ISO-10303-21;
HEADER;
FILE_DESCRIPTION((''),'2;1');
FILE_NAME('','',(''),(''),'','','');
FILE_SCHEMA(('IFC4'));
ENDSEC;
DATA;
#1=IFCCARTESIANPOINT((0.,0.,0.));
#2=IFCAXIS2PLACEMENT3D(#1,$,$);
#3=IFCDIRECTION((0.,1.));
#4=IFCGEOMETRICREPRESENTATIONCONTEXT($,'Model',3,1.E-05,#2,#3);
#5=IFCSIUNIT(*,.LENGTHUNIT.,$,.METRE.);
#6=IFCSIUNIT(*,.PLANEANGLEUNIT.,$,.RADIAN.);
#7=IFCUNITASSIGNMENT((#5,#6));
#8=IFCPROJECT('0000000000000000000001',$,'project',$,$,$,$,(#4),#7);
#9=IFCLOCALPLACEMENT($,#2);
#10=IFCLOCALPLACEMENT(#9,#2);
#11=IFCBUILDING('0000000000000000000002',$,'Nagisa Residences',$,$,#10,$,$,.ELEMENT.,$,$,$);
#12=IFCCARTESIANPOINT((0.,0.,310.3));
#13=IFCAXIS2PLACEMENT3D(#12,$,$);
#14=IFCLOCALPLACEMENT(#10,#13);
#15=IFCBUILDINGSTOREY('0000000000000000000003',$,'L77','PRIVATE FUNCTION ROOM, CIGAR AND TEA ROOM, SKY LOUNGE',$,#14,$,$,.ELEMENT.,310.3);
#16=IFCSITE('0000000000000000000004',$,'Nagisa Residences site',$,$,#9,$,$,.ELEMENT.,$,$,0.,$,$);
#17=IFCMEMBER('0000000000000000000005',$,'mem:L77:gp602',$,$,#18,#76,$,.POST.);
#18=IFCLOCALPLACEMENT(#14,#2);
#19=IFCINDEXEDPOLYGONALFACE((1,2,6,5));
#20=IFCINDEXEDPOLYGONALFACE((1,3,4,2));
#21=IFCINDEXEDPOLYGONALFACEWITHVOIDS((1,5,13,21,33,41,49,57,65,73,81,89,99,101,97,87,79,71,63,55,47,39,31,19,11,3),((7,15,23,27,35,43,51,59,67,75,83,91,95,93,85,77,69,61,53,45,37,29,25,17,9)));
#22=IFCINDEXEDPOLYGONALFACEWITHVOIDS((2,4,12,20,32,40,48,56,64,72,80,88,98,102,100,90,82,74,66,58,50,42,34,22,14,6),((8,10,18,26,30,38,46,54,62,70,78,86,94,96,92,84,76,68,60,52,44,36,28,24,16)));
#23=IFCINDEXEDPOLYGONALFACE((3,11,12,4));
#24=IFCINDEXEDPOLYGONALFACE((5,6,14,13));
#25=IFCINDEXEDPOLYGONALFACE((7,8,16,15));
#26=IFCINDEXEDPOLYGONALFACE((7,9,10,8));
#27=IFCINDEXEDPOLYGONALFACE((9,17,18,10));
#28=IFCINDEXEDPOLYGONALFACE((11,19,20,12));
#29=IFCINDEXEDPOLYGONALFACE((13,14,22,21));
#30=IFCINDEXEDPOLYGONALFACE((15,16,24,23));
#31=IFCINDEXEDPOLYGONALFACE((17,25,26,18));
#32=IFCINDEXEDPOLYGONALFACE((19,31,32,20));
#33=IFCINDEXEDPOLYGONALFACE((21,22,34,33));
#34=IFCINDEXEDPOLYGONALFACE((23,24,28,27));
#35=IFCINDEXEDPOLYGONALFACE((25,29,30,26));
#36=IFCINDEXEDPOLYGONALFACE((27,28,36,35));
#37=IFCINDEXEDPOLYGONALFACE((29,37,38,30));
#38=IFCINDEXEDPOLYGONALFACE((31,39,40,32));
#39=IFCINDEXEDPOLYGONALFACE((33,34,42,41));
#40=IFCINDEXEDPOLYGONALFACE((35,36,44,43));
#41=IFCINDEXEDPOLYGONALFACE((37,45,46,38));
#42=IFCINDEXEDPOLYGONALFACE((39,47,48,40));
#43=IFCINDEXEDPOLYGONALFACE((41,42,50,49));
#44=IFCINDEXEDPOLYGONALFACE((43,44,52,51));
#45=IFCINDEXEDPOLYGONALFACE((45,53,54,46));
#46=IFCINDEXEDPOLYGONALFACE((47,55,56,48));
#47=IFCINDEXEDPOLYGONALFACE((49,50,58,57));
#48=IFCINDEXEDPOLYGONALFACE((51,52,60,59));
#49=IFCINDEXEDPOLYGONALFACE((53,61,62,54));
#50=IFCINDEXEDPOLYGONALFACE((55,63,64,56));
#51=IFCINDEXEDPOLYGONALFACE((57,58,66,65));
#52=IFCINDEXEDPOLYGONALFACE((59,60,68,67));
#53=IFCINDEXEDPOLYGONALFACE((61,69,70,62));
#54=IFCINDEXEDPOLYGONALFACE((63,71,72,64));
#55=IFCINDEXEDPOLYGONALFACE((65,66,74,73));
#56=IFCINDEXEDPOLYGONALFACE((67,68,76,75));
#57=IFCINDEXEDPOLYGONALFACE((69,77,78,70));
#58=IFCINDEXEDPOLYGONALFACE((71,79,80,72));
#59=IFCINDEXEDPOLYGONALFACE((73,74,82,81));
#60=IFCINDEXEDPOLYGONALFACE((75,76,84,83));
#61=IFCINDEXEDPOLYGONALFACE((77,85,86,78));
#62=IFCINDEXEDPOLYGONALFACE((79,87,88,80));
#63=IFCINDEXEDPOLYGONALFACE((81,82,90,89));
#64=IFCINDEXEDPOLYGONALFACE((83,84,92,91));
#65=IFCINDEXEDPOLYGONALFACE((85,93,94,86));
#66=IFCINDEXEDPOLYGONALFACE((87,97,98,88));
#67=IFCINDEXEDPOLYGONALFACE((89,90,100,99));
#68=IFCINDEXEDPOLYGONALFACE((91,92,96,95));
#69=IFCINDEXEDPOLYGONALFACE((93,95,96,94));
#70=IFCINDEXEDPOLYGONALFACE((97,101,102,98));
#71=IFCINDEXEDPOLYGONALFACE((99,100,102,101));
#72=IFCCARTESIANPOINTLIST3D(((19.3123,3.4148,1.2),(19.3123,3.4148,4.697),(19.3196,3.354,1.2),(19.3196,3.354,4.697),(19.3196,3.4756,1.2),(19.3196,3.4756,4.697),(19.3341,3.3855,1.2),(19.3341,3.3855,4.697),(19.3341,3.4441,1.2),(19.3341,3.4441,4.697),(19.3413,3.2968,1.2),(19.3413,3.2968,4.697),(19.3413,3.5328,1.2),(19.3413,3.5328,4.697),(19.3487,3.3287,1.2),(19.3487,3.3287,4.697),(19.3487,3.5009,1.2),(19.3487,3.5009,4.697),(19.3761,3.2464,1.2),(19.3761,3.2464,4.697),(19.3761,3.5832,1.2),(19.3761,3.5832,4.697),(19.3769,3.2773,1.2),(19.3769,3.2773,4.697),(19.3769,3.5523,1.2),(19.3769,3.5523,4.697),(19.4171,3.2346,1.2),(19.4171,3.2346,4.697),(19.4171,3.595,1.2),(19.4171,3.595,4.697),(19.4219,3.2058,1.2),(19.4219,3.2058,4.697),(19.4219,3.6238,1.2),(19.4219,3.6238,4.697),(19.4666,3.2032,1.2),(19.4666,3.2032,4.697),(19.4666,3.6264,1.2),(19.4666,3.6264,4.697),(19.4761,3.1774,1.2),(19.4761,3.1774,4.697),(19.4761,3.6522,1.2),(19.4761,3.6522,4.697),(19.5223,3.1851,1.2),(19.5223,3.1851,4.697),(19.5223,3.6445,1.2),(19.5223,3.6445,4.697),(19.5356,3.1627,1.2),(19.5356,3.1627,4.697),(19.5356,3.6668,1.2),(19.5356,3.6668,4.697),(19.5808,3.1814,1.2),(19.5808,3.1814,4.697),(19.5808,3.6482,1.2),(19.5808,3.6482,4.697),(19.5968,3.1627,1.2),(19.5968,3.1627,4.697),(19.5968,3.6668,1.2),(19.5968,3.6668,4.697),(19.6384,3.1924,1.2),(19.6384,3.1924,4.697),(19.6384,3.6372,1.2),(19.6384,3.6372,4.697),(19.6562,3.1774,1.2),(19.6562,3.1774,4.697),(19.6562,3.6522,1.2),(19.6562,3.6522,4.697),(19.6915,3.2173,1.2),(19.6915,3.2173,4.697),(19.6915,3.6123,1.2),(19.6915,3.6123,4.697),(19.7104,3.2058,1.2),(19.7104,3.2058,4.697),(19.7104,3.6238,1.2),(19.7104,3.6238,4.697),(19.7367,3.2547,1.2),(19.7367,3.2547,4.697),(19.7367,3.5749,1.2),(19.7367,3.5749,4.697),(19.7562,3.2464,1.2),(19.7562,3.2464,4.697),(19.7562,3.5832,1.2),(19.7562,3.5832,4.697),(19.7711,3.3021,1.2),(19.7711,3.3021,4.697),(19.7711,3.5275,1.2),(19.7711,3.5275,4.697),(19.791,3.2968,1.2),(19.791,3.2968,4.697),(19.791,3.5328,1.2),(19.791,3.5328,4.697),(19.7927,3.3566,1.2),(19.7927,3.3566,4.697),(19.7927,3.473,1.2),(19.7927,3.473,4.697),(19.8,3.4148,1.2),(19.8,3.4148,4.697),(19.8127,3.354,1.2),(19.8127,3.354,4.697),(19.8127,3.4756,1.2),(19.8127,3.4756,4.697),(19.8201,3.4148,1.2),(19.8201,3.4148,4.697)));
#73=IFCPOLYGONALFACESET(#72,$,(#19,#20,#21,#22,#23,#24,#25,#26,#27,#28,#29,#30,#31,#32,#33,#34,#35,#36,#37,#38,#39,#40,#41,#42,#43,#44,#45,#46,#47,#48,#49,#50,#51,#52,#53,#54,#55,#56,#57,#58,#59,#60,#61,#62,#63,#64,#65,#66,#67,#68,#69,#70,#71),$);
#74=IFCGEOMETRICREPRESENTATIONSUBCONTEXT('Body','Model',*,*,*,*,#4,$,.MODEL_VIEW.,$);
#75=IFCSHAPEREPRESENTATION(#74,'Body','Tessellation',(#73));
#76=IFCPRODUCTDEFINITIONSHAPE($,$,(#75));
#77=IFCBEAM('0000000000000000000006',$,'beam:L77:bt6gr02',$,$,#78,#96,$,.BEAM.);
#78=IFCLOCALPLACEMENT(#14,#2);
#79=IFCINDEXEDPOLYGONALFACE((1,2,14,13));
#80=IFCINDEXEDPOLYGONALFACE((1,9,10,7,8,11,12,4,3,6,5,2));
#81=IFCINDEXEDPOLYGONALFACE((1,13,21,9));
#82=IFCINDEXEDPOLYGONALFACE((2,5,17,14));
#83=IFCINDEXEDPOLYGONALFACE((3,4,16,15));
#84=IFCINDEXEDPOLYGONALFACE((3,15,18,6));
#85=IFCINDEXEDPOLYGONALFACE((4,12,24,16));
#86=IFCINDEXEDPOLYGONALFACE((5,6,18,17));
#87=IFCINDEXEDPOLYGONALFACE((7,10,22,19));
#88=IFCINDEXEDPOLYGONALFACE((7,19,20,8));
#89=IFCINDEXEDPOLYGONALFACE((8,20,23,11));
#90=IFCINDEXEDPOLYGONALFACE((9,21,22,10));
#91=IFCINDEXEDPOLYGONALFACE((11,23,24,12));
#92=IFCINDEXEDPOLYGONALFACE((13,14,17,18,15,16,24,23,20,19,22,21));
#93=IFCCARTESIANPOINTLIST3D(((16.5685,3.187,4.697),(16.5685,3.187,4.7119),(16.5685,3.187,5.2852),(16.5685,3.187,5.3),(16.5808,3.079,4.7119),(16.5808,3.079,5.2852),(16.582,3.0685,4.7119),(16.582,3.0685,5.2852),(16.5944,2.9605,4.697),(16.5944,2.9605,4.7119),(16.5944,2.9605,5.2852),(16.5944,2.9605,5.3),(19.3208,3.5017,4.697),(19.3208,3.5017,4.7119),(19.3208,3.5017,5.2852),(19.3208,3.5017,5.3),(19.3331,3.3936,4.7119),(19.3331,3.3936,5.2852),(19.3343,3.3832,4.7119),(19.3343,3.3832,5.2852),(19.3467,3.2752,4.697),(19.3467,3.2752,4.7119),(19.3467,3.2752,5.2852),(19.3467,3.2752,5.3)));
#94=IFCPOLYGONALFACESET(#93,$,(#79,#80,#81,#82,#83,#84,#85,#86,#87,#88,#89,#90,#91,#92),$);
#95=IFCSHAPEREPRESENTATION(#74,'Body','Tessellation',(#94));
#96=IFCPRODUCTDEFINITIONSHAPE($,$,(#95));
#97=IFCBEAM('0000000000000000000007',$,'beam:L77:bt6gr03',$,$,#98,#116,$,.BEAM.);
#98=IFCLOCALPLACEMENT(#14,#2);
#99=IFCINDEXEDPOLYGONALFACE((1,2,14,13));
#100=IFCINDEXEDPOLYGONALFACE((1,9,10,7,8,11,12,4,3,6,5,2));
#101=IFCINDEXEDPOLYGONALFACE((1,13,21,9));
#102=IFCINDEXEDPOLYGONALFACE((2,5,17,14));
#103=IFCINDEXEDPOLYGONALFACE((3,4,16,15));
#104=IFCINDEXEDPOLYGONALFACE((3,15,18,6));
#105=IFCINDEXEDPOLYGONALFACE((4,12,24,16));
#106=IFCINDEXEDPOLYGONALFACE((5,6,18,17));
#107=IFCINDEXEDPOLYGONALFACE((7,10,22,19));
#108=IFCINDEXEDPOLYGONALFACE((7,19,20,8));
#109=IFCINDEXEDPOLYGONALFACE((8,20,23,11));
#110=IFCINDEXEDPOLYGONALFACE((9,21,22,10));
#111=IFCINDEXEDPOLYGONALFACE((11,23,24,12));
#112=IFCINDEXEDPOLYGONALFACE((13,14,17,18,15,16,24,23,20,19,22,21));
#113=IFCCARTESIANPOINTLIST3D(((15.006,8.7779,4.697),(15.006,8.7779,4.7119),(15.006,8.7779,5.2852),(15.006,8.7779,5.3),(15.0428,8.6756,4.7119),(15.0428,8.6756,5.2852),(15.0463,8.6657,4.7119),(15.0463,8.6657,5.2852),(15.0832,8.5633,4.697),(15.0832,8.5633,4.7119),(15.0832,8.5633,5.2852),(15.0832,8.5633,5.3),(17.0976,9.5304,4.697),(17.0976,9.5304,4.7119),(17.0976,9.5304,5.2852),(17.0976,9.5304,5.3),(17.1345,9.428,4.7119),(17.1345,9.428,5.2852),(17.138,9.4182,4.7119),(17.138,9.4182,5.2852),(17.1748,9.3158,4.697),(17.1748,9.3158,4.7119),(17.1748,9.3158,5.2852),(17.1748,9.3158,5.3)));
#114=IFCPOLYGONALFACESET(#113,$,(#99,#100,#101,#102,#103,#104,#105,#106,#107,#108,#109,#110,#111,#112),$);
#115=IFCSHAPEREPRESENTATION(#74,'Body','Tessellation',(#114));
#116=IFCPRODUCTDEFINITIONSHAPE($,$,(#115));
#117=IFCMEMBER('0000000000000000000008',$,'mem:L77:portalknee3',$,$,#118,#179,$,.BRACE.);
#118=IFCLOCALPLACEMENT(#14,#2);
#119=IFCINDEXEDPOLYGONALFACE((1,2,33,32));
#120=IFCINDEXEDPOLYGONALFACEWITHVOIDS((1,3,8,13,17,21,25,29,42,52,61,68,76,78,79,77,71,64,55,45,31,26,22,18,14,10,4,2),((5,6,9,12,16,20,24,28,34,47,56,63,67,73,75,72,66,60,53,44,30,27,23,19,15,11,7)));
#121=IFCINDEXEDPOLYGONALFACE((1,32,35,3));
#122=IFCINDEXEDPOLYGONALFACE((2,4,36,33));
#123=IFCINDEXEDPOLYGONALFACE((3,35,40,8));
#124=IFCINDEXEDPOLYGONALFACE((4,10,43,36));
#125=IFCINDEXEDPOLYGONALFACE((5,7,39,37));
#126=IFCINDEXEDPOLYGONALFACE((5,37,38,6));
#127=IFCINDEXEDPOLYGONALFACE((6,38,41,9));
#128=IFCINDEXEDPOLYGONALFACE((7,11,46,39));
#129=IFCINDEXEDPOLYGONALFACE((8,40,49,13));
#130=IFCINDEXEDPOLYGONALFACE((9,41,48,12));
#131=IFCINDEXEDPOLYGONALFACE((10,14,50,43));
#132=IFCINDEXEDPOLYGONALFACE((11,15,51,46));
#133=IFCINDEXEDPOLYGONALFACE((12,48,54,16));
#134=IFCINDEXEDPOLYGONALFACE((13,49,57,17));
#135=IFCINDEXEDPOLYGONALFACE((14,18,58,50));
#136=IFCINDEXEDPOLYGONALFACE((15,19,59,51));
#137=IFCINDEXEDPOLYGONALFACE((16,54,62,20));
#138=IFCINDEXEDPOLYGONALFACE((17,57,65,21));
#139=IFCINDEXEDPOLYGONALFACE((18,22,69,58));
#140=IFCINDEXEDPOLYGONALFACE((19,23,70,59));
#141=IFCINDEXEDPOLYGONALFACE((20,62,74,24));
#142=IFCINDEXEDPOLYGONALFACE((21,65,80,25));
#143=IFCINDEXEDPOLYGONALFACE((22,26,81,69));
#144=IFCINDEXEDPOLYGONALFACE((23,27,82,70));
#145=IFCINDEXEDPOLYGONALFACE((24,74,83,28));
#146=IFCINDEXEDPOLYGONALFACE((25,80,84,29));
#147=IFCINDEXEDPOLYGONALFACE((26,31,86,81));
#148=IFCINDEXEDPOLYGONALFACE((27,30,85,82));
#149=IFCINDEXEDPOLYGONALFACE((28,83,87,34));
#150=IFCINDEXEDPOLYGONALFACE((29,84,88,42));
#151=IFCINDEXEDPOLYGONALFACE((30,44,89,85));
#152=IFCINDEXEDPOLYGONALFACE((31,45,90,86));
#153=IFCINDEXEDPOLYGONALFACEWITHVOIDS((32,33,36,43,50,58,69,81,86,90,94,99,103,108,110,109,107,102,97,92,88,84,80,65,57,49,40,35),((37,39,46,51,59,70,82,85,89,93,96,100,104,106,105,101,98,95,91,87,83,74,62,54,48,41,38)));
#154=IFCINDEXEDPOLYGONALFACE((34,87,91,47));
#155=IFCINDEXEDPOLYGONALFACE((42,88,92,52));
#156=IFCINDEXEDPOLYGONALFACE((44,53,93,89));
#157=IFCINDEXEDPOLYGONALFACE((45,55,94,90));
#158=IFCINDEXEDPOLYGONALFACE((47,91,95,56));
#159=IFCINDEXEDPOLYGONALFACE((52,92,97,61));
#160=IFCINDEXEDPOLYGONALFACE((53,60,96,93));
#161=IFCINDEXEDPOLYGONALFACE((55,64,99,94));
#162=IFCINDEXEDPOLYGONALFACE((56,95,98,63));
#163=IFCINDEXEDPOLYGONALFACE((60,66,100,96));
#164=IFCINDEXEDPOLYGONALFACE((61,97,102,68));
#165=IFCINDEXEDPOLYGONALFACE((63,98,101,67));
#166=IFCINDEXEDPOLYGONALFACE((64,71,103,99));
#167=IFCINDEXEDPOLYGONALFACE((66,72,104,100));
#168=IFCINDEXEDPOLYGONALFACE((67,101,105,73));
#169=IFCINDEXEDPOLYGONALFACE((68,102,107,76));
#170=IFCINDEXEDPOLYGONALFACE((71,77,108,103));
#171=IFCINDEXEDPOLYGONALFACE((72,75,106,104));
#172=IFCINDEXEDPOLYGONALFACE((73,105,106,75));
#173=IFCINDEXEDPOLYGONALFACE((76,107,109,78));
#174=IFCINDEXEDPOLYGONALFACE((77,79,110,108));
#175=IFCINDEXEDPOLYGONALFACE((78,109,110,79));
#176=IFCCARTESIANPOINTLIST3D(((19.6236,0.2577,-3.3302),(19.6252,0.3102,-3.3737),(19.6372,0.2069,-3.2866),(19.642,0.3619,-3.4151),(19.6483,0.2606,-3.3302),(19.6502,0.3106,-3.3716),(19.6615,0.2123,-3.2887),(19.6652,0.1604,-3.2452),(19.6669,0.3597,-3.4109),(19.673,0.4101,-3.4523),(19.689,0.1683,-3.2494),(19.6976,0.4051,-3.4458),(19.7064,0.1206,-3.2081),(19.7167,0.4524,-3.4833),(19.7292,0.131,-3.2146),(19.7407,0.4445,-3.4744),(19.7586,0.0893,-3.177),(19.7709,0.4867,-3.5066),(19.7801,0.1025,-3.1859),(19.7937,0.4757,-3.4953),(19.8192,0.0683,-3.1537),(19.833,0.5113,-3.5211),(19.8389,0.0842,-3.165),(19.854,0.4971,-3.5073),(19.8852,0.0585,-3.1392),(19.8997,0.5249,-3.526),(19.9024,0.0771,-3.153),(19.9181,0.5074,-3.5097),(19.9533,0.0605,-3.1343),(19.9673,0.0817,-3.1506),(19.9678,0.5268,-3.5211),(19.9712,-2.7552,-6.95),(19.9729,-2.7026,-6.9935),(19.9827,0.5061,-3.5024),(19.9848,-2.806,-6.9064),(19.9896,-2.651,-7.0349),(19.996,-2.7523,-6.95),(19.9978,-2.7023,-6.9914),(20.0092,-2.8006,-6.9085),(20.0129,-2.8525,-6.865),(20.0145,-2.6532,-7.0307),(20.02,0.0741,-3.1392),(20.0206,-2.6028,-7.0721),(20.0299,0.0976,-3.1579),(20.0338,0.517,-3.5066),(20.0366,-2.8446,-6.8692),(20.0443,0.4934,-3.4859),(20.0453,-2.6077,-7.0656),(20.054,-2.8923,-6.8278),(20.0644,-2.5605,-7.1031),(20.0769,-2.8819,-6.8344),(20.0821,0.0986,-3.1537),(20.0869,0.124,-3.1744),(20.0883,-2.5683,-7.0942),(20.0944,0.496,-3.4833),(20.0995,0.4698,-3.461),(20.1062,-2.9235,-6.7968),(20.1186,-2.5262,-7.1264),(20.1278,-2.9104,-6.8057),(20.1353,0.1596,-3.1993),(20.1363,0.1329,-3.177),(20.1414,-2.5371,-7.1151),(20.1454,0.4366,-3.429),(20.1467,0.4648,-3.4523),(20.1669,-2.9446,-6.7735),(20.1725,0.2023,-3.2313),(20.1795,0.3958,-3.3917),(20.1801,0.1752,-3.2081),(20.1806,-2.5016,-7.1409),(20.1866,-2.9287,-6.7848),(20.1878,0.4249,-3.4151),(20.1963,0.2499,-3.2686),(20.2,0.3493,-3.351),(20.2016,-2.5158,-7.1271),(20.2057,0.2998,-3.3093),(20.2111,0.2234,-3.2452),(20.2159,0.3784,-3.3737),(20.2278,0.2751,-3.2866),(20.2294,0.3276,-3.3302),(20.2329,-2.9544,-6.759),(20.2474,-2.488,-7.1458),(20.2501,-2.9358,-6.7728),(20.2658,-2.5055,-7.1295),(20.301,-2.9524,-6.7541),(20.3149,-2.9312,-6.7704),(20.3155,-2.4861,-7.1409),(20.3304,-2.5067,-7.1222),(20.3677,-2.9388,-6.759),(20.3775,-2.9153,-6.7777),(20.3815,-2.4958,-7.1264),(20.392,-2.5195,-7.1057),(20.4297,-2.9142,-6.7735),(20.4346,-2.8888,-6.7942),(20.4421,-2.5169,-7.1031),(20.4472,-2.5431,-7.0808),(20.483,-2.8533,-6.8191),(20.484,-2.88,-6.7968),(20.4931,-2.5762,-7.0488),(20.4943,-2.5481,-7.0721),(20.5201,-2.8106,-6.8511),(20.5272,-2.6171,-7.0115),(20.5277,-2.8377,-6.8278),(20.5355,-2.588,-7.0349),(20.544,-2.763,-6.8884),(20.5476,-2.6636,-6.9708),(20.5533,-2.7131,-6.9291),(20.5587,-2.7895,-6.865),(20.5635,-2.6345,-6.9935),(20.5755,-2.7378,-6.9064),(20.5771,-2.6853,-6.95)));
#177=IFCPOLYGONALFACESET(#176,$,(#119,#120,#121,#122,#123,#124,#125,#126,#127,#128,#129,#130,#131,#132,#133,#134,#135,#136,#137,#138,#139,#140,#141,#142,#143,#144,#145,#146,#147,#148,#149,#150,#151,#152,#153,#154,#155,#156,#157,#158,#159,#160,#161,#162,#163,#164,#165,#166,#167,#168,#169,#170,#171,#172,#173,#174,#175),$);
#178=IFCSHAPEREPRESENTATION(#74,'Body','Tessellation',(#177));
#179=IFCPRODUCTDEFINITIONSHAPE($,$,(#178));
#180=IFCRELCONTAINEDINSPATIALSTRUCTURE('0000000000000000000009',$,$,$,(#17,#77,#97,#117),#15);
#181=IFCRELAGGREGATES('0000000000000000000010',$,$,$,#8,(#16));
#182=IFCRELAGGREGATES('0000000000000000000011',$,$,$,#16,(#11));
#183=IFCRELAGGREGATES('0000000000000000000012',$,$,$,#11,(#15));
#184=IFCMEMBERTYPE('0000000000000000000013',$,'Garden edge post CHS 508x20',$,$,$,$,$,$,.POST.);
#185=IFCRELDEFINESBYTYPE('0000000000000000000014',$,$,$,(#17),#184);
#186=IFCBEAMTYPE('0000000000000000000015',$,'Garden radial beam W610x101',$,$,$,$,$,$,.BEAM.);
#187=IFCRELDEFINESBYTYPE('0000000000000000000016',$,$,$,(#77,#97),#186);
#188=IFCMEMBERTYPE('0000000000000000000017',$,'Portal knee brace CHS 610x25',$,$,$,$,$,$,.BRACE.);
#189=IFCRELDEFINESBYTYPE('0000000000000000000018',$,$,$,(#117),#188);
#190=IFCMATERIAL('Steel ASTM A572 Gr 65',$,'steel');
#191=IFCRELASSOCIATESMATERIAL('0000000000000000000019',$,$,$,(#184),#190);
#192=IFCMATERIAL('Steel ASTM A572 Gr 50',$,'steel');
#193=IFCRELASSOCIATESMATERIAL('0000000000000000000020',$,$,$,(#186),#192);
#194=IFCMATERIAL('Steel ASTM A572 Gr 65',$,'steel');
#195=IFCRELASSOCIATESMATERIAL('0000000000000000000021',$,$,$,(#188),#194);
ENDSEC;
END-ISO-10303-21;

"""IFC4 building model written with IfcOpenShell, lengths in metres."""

from ifc_helpers import new_model, si_unit, direction, frame, origin, origin_2d, place, context, subcontext, project, spatial, hollow_circle, i_section, extrude, material, material_profile, profile_set, type_object, element, save


model = new_model("IFC4")

# Units and contexts
model_context = context("Model", 3, precision=1e-05, world=origin(), true_north=direction((0.0, 1.0)))
body_context = subcontext(model_context, "Body", "Model", "MODEL_VIEW")
ifc_project = project(units=[si_unit("LENGTHUNIT", "METRE"), si_unit("PLANEANGLEUNIT", "RADIAN")], contexts=[model_context])

# Site, building, storey
site_placement = place(None, origin())
site = spatial("IfcSite", under=ifc_project, at=site_placement, Name="Nagisa Residences site", CompositionType="ELEMENT", RefElevation=0.0)
building_placement = place(site_placement, origin())
building = spatial("IfcBuilding", under=site, at=building_placement, Name="Nagisa Residences", CompositionType="ELEMENT")
storey_placement = place(building_placement, frame((0.0, 0.0, 310.3)))
storey = spatial("IfcBuildingStorey", under=building, at=storey_placement, Name="L77", Description="PRIVATE FUNCTION ROOM, CIGAR AND TEA ROOM, SKY LOUNGE", CompositionType="ELEMENT", Elevation=310.3)

# Member
ifc_material_1 = material(Name="Steel ASTM A572 Gr 65", Category="steel")
ifc_material_profile_1 = material_profile(ifc_material_1, hollow_circle(Radius=0.2539, WallThickness=0.02, at=origin_2d()), Name="CHS 508x20")
ifc_profile_set_1 = profile_set([ifc_material_profile_1], Name="Steel ASTM A572 Gr 65")
member_type_1 = type_object("IfcMemberType", Name="Garden edge post CHS 508x20", PredefinedType="POST", material=ifc_profile_set_1)
member_1_placement = place(storey_placement, frame((19.5662, 3.4148, 1.2), z_axis=(0.0, 0.0, 1.0), x_axis=(1.0, 0.0, 0.0)))
element("IfcMember", 1, at=member_1_placement, inside=storey, type_object=member_type_1, Name="mem:L77:gp602", PredefinedType="POST", context=body_context, shape_type="SweptSolid", body=[
    extrude(hollow_circle(Radius=0.2539, WallThickness=0.02, at=origin_2d()), origin(), (0.0, 0.0, 1.0), 3.4971),
])

# Beams
ifc_material_2 = material(Name="Steel ASTM A572 Gr 50", Category="steel")
ifc_material_profile_2 = material_profile(ifc_material_2, i_section(OverallWidth=0.228, OverallDepth=0.603, WebThickness=0.0105, FlangeThickness=0.0149, at=origin_2d()), Name="W610x101")
ifc_profile_set_2 = profile_set([ifc_material_profile_2], Name="Steel ASTM A572 Gr 50")
beam_type_1 = type_object("IfcBeamType", Name="Garden radial beam W610x101", PredefinedType="BEAM", material=ifc_profile_set_2)
beam_1_placement = place(storey_placement, frame((19.3337, 3.3884, 4.9985), z_axis=(-0.993527, -0.113594, 0.0), x_axis=(0.113594, -0.993527, 0.0)))
element("IfcBeam", 2, at=beam_1_placement, inside=storey, type_object=beam_type_1, Name="beam:L77:bt6gr02", PredefinedType="BEAM", context=body_context, shape_type="SweptSolid", body=[
    extrude(i_section(OverallWidth=0.228, OverallDepth=0.603, WebThickness=0.0105, FlangeThickness=0.0149, at=origin_2d()), origin(), (0.0, 0.0, 1.0), 2.7703),
])
beam_2_placement = place(storey_placement, frame((17.1362, 9.4231, 4.9985), z_axis=(-0.940962, -0.338513, 0.0), x_axis=(0.338513, -0.940962, 0.0)))
element("IfcBeam", 3, at=beam_2_placement, inside=storey, type_object=beam_type_1, Name="beam:L77:bt6gr03", PredefinedType="BEAM", context=body_context, shape_type="SweptSolid", body=[
    extrude(i_section(OverallWidth=0.228, OverallDepth=0.603, WebThickness=0.0105, FlangeThickness=0.0149, at=origin_2d()), origin(), (0.0, 0.0, 1.0), 2.2229),
])

# Member
ifc_material_3 = material(Name="Steel ASTM A572 Gr 65", Category="steel")
ifc_material_profile_3 = material_profile(ifc_material_3, hollow_circle(Radius=0.3049, WallThickness=0.0249, at=origin_2d()), Name="CHS 610x25")
ifc_profile_set_3 = profile_set([ifc_material_profile_3], Name="Steel ASTM A572 Gr 65")
member_type_2 = type_object("IfcMemberType", Name="Portal knee brace CHS 610x25", PredefinedType="BRACE", material=ifc_profile_set_3)
member_2_placement = place(storey_placement, frame((20.2742, -2.7202, -6.95), z_axis=(-0.073617, 0.637995, 0.766514), x_axis=(-0.993409, -0.114627, 0.0)))
element("IfcMember", 4, at=member_2_placement, inside=storey, type_object=member_type_2, Name="mem:L77:portalknee3", PredefinedType="BRACE", context=body_context, shape_type="SweptSolid", body=[
    extrude(hollow_circle(Radius=0.3049, WallThickness=0.0249, at=origin_2d()), origin(), (0.0, 0.0, 1.0), 4.7224),
])

save(model, "model.ifc")
